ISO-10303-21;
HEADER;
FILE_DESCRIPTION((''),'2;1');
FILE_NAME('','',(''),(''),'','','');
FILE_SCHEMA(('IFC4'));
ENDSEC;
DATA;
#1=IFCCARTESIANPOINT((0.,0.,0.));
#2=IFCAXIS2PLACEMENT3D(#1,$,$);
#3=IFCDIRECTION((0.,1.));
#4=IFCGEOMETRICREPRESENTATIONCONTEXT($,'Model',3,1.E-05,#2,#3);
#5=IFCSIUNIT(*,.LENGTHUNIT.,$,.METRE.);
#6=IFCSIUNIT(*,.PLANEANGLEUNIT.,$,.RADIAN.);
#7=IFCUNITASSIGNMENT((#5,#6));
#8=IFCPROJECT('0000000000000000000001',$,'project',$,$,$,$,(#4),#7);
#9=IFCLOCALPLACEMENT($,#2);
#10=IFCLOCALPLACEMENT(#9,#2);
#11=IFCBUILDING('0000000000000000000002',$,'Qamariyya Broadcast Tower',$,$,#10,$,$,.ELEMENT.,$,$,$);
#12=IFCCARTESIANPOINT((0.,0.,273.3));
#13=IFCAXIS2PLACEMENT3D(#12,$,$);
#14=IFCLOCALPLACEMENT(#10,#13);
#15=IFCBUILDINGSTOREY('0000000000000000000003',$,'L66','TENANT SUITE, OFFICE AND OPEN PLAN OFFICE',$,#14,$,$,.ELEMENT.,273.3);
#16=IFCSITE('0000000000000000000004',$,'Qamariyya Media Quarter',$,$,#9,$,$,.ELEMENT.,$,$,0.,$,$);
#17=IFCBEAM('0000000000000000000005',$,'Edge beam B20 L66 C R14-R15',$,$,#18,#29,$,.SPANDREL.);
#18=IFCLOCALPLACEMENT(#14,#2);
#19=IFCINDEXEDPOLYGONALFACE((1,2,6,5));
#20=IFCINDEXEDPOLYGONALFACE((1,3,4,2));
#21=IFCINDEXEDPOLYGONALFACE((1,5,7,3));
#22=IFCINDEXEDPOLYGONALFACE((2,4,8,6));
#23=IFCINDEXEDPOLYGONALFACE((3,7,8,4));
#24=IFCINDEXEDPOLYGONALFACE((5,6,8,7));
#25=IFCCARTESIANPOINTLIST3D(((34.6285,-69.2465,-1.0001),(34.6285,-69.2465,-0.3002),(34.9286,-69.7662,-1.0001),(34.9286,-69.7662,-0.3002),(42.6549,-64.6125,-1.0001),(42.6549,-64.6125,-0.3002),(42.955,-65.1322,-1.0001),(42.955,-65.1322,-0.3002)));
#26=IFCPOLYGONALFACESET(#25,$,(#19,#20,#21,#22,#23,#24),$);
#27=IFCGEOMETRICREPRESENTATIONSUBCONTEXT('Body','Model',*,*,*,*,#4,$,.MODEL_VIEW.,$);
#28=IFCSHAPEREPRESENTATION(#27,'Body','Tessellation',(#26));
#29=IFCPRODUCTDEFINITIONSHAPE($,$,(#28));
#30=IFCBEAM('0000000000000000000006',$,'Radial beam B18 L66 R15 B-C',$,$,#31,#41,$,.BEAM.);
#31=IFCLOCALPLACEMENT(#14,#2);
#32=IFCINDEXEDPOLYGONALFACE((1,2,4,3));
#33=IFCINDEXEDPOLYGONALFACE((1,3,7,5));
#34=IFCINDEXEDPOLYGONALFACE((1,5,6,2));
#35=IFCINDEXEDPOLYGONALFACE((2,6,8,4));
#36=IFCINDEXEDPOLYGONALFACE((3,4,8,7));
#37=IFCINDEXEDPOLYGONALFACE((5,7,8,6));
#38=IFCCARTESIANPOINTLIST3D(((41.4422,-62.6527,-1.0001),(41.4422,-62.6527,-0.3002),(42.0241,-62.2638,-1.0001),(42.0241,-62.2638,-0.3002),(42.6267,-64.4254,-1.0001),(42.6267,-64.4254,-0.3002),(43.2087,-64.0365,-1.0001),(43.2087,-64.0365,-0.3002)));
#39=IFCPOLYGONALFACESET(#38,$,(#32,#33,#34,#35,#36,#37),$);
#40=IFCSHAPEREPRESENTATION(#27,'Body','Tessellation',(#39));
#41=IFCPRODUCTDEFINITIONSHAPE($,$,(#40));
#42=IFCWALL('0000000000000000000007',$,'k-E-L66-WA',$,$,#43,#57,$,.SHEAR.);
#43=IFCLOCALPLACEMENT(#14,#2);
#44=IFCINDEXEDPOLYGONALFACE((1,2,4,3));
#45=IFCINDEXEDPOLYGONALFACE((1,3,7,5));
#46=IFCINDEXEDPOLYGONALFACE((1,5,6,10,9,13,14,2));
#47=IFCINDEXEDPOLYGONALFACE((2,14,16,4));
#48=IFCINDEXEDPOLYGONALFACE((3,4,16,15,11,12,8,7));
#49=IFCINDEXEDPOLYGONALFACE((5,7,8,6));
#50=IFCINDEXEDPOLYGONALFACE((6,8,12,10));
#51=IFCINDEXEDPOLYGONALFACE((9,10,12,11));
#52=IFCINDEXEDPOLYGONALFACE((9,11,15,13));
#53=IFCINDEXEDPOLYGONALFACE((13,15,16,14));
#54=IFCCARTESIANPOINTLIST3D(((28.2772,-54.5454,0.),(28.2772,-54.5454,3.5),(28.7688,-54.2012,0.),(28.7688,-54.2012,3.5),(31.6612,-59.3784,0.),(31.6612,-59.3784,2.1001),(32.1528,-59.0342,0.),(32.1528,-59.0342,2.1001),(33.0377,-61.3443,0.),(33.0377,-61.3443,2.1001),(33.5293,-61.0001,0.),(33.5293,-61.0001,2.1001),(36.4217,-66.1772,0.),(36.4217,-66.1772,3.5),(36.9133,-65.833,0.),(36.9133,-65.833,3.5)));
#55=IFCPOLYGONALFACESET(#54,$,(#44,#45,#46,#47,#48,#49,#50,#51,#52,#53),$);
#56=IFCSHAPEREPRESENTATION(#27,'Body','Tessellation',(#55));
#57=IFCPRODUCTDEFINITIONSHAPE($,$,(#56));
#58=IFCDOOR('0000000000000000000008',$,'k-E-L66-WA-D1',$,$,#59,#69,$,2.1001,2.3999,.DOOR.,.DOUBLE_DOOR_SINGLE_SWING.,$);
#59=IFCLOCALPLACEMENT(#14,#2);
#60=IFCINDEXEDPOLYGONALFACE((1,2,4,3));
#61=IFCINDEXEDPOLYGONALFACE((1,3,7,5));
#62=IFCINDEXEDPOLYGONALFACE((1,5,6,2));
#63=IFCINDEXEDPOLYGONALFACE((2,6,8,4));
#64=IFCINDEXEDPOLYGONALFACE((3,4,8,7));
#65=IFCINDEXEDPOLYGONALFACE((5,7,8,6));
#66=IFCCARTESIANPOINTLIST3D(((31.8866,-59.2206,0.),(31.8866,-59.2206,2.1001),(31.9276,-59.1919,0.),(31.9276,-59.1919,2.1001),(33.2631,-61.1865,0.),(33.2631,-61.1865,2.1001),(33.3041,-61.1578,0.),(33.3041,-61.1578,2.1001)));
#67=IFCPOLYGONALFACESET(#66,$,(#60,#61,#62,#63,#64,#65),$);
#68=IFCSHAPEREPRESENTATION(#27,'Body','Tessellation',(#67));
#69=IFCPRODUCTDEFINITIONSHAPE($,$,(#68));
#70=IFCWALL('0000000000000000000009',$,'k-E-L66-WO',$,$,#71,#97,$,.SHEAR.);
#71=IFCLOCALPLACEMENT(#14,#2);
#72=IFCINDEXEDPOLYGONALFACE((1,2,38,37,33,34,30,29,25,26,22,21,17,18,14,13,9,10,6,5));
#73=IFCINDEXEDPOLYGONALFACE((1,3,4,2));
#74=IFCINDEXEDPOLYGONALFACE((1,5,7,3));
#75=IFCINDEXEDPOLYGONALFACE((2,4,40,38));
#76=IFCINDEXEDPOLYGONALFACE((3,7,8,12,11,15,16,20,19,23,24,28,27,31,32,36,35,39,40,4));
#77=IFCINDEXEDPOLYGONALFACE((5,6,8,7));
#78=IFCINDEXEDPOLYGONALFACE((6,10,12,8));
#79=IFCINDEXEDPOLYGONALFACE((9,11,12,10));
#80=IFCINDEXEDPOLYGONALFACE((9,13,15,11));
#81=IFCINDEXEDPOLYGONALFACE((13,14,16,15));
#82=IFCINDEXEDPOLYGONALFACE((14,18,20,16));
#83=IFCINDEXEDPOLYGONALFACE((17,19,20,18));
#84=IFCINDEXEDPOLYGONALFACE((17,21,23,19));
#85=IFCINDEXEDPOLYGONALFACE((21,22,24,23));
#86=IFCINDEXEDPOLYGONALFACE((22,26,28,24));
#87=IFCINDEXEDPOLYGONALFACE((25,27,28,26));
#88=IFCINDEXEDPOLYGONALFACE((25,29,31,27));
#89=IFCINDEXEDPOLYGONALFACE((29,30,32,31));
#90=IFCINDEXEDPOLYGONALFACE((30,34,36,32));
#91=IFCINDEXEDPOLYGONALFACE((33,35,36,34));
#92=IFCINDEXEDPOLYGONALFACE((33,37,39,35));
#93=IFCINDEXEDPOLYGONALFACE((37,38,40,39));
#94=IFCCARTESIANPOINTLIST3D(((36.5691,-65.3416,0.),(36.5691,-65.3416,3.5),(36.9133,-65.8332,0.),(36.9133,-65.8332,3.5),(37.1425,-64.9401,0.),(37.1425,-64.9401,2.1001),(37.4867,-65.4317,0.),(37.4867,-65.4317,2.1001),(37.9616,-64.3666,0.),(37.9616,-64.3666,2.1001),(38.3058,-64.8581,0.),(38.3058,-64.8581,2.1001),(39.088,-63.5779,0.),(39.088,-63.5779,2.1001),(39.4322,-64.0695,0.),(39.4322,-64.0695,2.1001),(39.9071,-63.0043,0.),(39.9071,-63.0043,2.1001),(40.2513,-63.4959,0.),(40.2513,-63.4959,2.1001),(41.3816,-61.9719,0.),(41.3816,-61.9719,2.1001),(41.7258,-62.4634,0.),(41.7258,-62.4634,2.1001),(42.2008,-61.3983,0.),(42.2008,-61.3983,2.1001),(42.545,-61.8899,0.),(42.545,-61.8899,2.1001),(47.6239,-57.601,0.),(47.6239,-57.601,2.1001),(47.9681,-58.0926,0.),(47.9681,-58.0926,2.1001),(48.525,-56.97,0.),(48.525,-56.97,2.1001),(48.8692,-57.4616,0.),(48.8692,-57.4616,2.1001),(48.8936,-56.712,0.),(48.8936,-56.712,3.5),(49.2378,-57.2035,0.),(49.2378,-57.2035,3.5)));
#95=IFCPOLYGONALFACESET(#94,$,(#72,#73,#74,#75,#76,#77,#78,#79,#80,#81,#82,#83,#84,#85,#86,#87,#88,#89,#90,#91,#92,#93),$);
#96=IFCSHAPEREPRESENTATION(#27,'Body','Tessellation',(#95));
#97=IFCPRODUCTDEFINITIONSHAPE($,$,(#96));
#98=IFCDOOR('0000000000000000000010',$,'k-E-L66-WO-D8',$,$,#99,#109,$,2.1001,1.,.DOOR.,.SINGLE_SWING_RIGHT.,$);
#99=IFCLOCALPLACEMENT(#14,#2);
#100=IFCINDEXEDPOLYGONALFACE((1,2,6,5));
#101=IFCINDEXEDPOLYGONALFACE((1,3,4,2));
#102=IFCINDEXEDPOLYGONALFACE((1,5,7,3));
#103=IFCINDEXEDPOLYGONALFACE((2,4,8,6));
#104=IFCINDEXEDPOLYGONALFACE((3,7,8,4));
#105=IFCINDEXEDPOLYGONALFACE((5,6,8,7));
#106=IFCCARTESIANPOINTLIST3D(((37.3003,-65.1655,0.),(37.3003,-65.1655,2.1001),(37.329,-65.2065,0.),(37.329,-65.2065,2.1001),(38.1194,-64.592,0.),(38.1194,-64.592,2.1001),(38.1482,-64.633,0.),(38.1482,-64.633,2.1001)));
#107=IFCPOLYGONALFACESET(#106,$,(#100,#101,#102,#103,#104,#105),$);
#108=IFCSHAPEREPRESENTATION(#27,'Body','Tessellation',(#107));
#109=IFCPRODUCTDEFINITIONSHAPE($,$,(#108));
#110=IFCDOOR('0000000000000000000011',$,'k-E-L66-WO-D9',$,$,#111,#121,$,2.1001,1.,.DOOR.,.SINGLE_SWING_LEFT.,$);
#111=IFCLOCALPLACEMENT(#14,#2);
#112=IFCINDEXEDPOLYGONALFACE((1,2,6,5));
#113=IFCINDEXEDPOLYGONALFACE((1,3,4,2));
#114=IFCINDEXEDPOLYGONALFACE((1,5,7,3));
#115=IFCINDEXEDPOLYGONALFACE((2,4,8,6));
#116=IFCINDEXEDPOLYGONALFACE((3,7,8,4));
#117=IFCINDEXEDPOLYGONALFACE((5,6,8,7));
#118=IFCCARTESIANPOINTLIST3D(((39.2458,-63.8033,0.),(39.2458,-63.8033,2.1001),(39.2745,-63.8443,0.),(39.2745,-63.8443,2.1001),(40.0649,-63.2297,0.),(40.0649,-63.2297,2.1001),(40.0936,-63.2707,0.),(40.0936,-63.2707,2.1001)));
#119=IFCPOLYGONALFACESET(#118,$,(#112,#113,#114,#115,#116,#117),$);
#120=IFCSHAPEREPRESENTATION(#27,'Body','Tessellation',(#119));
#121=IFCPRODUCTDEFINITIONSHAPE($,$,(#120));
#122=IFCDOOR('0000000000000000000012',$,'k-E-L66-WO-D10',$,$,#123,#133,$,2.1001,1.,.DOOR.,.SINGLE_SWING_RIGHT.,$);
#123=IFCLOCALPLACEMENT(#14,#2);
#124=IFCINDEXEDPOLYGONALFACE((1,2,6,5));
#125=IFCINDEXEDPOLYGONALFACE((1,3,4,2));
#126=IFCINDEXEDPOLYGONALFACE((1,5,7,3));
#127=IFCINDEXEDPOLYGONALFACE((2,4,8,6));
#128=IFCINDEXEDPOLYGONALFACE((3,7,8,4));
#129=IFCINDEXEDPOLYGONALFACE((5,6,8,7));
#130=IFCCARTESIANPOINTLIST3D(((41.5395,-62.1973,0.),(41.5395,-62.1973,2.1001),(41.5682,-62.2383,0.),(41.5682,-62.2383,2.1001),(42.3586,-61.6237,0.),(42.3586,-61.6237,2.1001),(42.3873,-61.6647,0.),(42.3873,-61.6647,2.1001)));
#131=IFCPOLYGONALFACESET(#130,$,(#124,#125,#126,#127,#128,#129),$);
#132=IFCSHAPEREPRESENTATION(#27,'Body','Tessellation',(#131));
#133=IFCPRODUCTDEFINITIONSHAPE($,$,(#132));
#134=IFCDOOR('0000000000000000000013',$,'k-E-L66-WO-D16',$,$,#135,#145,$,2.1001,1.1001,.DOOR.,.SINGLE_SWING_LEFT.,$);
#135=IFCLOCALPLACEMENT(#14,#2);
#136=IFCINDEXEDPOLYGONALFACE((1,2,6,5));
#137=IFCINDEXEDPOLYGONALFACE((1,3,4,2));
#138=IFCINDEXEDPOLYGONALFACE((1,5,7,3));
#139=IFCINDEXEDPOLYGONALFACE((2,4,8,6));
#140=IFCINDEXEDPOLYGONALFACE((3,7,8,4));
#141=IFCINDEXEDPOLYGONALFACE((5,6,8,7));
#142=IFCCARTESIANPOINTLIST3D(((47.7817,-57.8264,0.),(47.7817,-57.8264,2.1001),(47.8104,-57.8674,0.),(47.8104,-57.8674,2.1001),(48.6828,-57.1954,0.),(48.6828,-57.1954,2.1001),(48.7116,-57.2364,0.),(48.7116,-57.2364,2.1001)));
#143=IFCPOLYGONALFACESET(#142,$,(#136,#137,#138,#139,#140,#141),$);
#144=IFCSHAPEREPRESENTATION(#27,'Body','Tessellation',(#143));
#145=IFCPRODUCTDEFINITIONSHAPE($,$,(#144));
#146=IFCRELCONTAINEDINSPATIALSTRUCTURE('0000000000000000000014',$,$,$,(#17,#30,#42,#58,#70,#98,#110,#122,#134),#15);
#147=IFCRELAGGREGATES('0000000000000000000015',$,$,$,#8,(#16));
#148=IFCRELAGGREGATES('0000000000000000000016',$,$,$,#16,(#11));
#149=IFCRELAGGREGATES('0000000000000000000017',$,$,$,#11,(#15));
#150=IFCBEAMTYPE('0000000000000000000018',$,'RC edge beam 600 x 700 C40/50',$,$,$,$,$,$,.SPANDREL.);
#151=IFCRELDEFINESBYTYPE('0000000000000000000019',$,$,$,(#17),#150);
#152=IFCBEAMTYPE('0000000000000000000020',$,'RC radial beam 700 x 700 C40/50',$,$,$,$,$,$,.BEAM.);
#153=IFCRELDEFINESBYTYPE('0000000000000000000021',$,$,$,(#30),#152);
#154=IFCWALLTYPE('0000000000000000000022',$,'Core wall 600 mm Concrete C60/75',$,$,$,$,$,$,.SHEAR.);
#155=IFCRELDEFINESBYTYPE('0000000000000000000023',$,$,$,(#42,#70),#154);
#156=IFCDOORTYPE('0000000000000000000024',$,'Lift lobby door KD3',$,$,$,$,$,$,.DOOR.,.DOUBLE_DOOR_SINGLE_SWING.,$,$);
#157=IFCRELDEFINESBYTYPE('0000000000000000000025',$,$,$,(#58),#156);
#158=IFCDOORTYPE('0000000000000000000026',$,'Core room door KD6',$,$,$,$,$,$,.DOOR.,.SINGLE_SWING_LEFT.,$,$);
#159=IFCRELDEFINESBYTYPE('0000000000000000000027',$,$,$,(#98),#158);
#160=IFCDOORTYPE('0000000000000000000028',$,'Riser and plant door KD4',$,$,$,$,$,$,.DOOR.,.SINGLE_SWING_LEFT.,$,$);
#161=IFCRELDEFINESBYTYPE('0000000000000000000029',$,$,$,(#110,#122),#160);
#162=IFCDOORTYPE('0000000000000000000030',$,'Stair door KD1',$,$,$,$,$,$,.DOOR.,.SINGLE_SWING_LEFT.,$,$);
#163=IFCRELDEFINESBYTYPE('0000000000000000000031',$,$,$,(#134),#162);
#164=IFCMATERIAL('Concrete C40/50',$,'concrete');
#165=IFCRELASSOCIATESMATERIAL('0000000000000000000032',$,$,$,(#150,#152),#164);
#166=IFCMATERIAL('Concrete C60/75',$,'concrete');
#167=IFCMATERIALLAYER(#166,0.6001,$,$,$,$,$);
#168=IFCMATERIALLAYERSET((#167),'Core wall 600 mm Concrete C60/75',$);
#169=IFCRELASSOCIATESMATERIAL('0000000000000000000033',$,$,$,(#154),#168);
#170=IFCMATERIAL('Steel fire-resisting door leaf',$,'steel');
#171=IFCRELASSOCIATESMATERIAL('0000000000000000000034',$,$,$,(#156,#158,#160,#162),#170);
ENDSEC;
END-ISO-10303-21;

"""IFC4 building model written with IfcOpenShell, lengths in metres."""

from ifc_helpers import new_model, si_unit, direction, frame, frame_2d, origin, origin_2d, place, context, subcontext, project, spatial, rectangle, extrude, material, layer, layer_set, material_profile, profile_set, type_object, element, fill, save


model = new_model("IFC4")

# Units and contexts
model_context = context("Model", 3, precision=1e-05, world=origin(), true_north=direction((0.0, 1.0)))
body_context = subcontext(model_context, "Body", "Model", "MODEL_VIEW")
ifc_project = project(units=[si_unit("LENGTHUNIT", "METRE"), si_unit("PLANEANGLEUNIT", "RADIAN")], contexts=[model_context])

# Site, building, storey
site_placement = place(None, origin())
site = spatial("IfcSite", under=ifc_project, at=site_placement, Name="Qamariyya Media Quarter", CompositionType="ELEMENT", RefElevation=0.0)
building_placement = place(site_placement, origin())
building = spatial("IfcBuilding", under=site, at=building_placement, Name="Qamariyya Broadcast Tower", CompositionType="ELEMENT")
storey_placement = place(building_placement, frame((0.0, 0.0, 273.3)))
storey = spatial("IfcBuildingStorey", under=building, at=storey_placement, Name="L66", Description="TENANT SUITE, OFFICE AND OPEN PLAN OFFICE", CompositionType="ELEMENT", Elevation=273.3)

# Beams
ifc_material_1 = material(Name="Concrete C40/50", Category="concrete")
ifc_material_profile_1 = material_profile(ifc_material_1, rectangle(XDim=0.6001, YDim=0.7, at=origin_2d()))
ifc_profile_set_1 = profile_set([ifc_material_profile_1], Name="Concrete C40/50")
beam_type_1 = type_object("IfcBeamType", Name="RC edge beam 600 x 700 C40/50", PredefinedType="SPANDREL", material=ifc_profile_set_1)
beam_1_placement = place(storey_placement, frame((34.7786, -69.5063, -0.6501), z_axis=(0.866025, 0.500001, 0.0), x_axis=(-0.500001, 0.866025, 0.0)))
element("IfcBeam", 1, at=beam_1_placement, inside=storey, type_object=beam_type_1, Name="Edge beam B20 L66 C R14-R15", PredefinedType="SPANDREL", context=body_context, shape_type="SweptSolid", body=[
    extrude(rectangle(XDim=0.6001, YDim=0.7, at=origin_2d()), origin(), (0.0, 0.0, 1.0), 9.2681),
])
ifc_material_profile_2 = material_profile(ifc_material_1, rectangle(XDim=0.7, YDim=0.7, at=origin_2d()))
ifc_profile_set_2 = profile_set([ifc_material_profile_2], Name="Concrete C40/50")
beam_type_2 = type_object("IfcBeamType", Name="RC radial beam 700 x 700 C40/50", PredefinedType="BEAM", material=ifc_profile_set_2)
beam_2_placement = place(storey_placement, frame((41.7332, -62.4583, -0.6501), z_axis=(0.555598, -0.831451, 0.0), x_axis=(0.831451, 0.555598, 0.0)))
element("IfcBeam", 2, at=beam_2_placement, inside=storey, type_object=beam_type_2, Name="Radial beam B18 L66 R15 B-C", PredefinedType="BEAM", context=body_context, shape_type="SweptSolid", body=[
    extrude(rectangle(XDim=0.7, YDim=0.7, at=origin_2d()), origin(), (0.0, 0.0, 1.0), 2.1321),
])

# Wall, opening, door
ifc_material_2 = material(Name="Concrete C60/75", Category="concrete")
ifc_layer_1 = layer(ifc_material_2, 0.6001)
ifc_layer_set_1 = layer_set([ifc_layer_1], Name="Core wall 600 mm Concrete C60/75")
wall_type_1 = type_object("IfcWallType", Name="Core wall 600 mm Concrete C60/75", PredefinedType="SHEAR", material=ifc_layer_set_1)
wall_1_placement = place(storey_placement, frame((36.6675, -66.0051, 0.0), z_axis=(0.0, 0.0, 1.0), x_axis=(-0.573568, 0.819158, 0.0)))
wall_1 = element("IfcWall", 3, at=wall_1_placement, inside=storey, type_object=wall_type_1, Name="k-E-L66-WA", PredefinedType="SHEAR", context=body_context, shape_type="SweptSolid", body=[
    extrude(rectangle(XDim=14.1997, YDim=0.6001, at=frame_2d((7.0999, 0.0))), origin(), (0.0, 0.0, 1.0), 3.5),
])
opening_1_placement = place(wall_1_placement, frame((5.8999, 0.0, 0.0)))
opening_1 = element("IfcOpeningElement", 4, at=opening_1_placement, cuts=wall_1, PredefinedType="OPENING", context=body_context, shape_type="SweptSolid", body=[
    extrude(rectangle(XDim=2.3999, YDim=2.1001, at=frame_2d((1.2, 1.05))), frame((0.0, 0.3101, 0.0), z_axis=(0.0, -1.0, 0.0), x_axis=(1.0, 0.0, 0.0)), (0.0, 0.0, 1.0), 0.6201),
])
ifc_material_3 = material(Name="Steel fire-resisting door leaf", Category="steel")
door_type_1 = type_object("IfcDoorType", Name="Lift lobby door KD3", OperationType="DOUBLE_DOOR_SINGLE_SWING", PredefinedType="DOOR", material=ifc_material_3)
door_1_placement = place(opening_1_placement, origin())
door_1 = element("IfcDoor", 5, at=door_1_placement, inside=storey, type_object=door_type_1, Name="k-E-L66-WA-D1", OperationType="DOUBLE_DOOR_SINGLE_SWING", OverallHeight=2.1001, OverallWidth=2.3999, PredefinedType="DOOR", context=body_context, shape_type="SweptSolid", body=[
    extrude(rectangle(XDim=2.3999, YDim=2.1001, at=frame_2d((1.2, 1.05))), frame((0.0, 0.0249, 0.0), z_axis=(0.0, -1.0, 0.0), x_axis=(1.0, 0.0, 0.0)), (0.0, 0.0, 1.0), 0.05),
])
fill(opening_1, door_1)

# Wall, openings, doors
wall_2_placement = place(storey_placement, frame((36.7412, -65.5874, 0.0), z_axis=(0.0, 0.0, 1.0), x_axis=(0.819153, 0.573575, 0.0)))
wall_2 = element("IfcWall", 6, at=wall_2_placement, inside=storey, type_object=wall_type_1, Name="k-E-L66-WO", PredefinedType="SHEAR", context=body_context, shape_type="SweptSolid", body=[
    extrude(rectangle(XDim=15.0454, YDim=0.6001, at=frame_2d((7.5227, 0.0))), origin(), (0.0, 0.0, 1.0), 3.5),
])
opening_2_placement = place(wall_2_placement, frame((0.7, 0.0, 0.0)))
opening_2 = element("IfcOpeningElement", 7, at=opening_2_placement, cuts=wall_2, PredefinedType="OPENING", context=body_context, shape_type="SweptSolid", body=[
    extrude(rectangle(XDim=1.0, YDim=2.1001, at=frame_2d((0.5, 1.05))), frame((0.0, 0.3101, 0.0), z_axis=(0.0, -1.0, 0.0), x_axis=(1.0, 0.0, 0.0)), (0.0, 0.0, 1.0), 0.6201),
])
opening_3_placement = place(wall_2_placement, frame((3.075, 0.0, 0.0)))
opening_3 = element("IfcOpeningElement", 8, at=opening_3_placement, cuts=wall_2, PredefinedType="OPENING", context=body_context, shape_type="SweptSolid", body=[
    extrude(rectangle(XDim=1.0, YDim=2.1001, at=frame_2d((0.5, 1.05))), frame((0.0, 0.3101, 0.0), z_axis=(0.0, -1.0, 0.0), x_axis=(1.0, 0.0, 0.0)), (0.0, 0.0, 1.0), 0.6201),
])
opening_4_placement = place(wall_2_placement, frame((5.875, 0.0, 0.0)))
opening_4 = element("IfcOpeningElement", 9, at=opening_4_placement, cuts=wall_2, PredefinedType="OPENING", context=body_context, shape_type="SweptSolid", body=[
    extrude(rectangle(XDim=1.0, YDim=2.1001, at=frame_2d((0.5, 1.05))), frame((0.0, 0.3101, 0.0), z_axis=(0.0, -1.0, 0.0), x_axis=(1.0, 0.0, 0.0)), (0.0, 0.0, 1.0), 0.6201),
])
opening_5_placement = place(wall_2_placement, frame((13.4954, 0.0, 0.0)))
opening_5 = element("IfcOpeningElement", 10, at=opening_5_placement, cuts=wall_2, PredefinedType="OPENING", context=body_context, shape_type="SweptSolid", body=[
    extrude(rectangle(XDim=1.1001, YDim=2.1001, at=frame_2d((0.55, 1.05))), frame((0.0, 0.3101, 0.0), z_axis=(0.0, -1.0, 0.0), x_axis=(1.0, 0.0, 0.0)), (0.0, 0.0, 1.0), 0.6201),
])
door_type_2 = type_object("IfcDoorType", Name="Core room door KD6", OperationType="SINGLE_SWING_LEFT", PredefinedType="DOOR", material=ifc_material_3)
door_2_placement = place(opening_2_placement, origin())
door_2 = element("IfcDoor", 11, at=door_2_placement, inside=storey, type_object=door_type_2, Name="k-E-L66-WO-D8", OperationType="SINGLE_SWING_RIGHT", OverallHeight=2.1001, OverallWidth=1.0, PredefinedType="DOOR", context=body_context, shape_type="SweptSolid", body=[
    extrude(rectangle(XDim=1.0, YDim=2.1001, at=frame_2d((0.5, 1.05))), frame((0.0, 0.0249, 0.0), z_axis=(0.0, -1.0, 0.0), x_axis=(1.0, 0.0, 0.0)), (0.0, 0.0, 1.0), 0.05),
])
fill(opening_2, door_2)
door_type_3 = type_object("IfcDoorType", Name="Riser and plant door KD4", OperationType="SINGLE_SWING_LEFT", PredefinedType="DOOR", material=ifc_material_3)
door_3_placement = place(opening_3_placement, origin())
door_3 = element("IfcDoor", 12, at=door_3_placement, inside=storey, type_object=door_type_3, Name="k-E-L66-WO-D9", OperationType="SINGLE_SWING_LEFT", OverallHeight=2.1001, OverallWidth=1.0, PredefinedType="DOOR", context=body_context, shape_type="SweptSolid", body=[
    extrude(rectangle(XDim=1.0, YDim=2.1001, at=frame_2d((0.5, 1.05))), frame((0.0, 0.0249, 0.0), z_axis=(0.0, -1.0, 0.0), x_axis=(1.0, 0.0, 0.0)), (0.0, 0.0, 1.0), 0.05),
])
fill(opening_3, door_3)
door_4_placement = place(opening_4_placement, origin())
door_4 = element("IfcDoor", 13, at=door_4_placement, inside=storey, type_object=door_type_3, Name="k-E-L66-WO-D10", OperationType="SINGLE_SWING_RIGHT", OverallHeight=2.1001, OverallWidth=1.0, PredefinedType="DOOR", context=body_context, shape_type="SweptSolid", body=[
    extrude(rectangle(XDim=1.0, YDim=2.1001, at=frame_2d((0.5, 1.05))), frame((0.0, 0.0249, 0.0), z_axis=(0.0, -1.0, 0.0), x_axis=(1.0, 0.0, 0.0)), (0.0, 0.0, 1.0), 0.05),
])
fill(opening_4, door_4)
door_type_4 = type_object("IfcDoorType", Name="Stair door KD1", OperationType="SINGLE_SWING_LEFT", PredefinedType="DOOR", material=ifc_material_3)
door_5_placement = place(opening_5_placement, origin())
door_5 = element("IfcDoor", 14, at=door_5_placement, inside=storey, type_object=door_type_4, Name="k-E-L66-WO-D16", OperationType="SINGLE_SWING_LEFT", OverallHeight=2.1001, OverallWidth=1.1001, PredefinedType="DOOR", context=body_context, shape_type="SweptSolid", body=[
    extrude(rectangle(XDim=1.1001, YDim=2.1001, at=frame_2d((0.55, 1.05))), frame((0.0, 0.0249, 0.0), z_axis=(0.0, -1.0, 0.0), x_axis=(1.0, 0.0, 0.0)), (0.0, 0.0, 1.0), 0.05),
])
fill(opening_5, door_5)

save(model, "model.ifc")
